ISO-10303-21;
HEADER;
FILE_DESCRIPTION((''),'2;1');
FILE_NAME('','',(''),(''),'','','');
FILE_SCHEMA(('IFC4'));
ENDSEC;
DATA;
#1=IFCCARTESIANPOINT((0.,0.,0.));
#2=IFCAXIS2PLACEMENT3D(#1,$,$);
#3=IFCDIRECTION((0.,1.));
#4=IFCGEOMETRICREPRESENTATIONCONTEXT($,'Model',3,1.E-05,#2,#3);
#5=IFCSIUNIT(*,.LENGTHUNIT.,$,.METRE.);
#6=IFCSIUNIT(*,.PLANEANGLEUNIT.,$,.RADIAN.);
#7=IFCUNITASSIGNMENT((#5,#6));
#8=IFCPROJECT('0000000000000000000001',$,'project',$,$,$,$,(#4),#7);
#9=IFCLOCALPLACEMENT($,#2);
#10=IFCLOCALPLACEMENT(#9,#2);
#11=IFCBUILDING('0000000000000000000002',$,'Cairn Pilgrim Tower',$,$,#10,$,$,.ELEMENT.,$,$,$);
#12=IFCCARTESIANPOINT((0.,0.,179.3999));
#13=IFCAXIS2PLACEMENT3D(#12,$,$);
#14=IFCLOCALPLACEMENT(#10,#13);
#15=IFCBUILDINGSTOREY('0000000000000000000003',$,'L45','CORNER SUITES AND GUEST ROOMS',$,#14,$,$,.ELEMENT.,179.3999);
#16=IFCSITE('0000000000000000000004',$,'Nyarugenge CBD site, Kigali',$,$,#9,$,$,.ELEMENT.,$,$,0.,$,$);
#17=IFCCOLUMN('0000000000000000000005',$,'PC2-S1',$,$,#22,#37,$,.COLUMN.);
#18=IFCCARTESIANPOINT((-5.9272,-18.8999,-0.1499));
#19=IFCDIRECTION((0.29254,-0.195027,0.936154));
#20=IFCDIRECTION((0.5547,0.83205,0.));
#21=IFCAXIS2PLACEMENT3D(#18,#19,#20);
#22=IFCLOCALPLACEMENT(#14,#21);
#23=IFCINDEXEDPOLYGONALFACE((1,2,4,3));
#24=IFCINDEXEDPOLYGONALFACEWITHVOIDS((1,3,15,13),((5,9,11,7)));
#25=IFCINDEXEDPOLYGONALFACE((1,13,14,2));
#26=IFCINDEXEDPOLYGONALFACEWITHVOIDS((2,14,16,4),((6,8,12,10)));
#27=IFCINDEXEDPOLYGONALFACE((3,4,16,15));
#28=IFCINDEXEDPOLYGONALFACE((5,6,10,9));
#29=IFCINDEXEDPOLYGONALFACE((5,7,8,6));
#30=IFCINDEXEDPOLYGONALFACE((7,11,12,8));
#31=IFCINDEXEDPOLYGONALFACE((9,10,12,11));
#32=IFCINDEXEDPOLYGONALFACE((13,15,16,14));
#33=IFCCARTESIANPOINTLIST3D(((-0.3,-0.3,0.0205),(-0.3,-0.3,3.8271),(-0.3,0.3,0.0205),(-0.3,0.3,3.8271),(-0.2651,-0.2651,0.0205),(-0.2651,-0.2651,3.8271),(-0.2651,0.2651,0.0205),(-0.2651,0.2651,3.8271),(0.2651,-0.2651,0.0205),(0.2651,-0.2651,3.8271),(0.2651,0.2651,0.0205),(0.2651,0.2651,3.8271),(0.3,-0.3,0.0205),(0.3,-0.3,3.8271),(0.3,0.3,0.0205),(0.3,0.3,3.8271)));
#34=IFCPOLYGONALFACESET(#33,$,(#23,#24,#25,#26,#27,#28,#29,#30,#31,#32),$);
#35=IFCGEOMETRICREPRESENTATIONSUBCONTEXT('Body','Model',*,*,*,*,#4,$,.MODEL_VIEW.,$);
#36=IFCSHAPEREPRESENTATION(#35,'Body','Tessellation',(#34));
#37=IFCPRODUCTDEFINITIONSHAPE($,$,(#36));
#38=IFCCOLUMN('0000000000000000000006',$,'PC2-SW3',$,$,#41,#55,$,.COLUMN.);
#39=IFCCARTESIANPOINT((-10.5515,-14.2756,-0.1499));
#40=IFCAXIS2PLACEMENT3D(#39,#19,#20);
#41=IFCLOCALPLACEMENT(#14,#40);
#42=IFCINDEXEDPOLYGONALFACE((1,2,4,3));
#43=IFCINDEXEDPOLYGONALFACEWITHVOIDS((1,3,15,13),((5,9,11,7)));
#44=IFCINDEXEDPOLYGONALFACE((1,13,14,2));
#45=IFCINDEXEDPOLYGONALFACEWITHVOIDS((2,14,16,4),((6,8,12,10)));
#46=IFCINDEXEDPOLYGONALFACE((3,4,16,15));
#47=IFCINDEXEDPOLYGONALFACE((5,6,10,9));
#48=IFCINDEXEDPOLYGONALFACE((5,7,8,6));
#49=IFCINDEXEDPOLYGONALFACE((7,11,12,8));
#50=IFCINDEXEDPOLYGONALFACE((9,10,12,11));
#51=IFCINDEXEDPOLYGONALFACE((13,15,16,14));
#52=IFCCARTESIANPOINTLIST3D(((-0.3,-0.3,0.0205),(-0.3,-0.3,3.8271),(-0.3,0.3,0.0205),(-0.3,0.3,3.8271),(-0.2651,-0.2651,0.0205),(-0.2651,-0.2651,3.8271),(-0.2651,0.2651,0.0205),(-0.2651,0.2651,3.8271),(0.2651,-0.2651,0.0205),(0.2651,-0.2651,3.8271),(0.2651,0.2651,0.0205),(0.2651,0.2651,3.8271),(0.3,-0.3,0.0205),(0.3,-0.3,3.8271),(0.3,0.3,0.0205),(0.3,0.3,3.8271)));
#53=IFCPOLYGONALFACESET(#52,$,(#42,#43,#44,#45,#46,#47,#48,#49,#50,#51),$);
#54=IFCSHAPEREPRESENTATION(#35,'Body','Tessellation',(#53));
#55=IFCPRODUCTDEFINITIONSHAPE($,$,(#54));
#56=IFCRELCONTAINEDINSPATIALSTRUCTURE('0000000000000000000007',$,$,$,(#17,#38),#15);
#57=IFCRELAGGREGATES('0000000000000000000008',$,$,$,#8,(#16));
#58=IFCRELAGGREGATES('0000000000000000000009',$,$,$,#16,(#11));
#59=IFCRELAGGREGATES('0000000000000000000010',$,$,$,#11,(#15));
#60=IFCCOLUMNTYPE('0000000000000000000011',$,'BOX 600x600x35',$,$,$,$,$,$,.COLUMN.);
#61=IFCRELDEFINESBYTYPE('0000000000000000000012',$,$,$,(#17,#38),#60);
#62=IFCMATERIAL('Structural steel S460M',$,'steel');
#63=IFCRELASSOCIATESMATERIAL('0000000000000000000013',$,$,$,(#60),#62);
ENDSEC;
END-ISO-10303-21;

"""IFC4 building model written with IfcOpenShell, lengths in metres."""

from ifc_helpers import new_model, si_unit, direction, frame, origin, origin_2d, place, context, subcontext, project, spatial, hollow_rectangle, extrude, clip, halfspace, material, material_profile, profile_set, type_object, element, save


model = new_model("IFC4")

# Units and contexts
model_context = context("Model", 3, precision=1e-05, world=origin(), true_north=direction((0.0, 1.0)))
body_context = subcontext(model_context, "Body", "Model", "MODEL_VIEW")
ifc_project = project(units=[si_unit("LENGTHUNIT", "METRE"), si_unit("PLANEANGLEUNIT", "RADIAN")], contexts=[model_context])

# Site, building, storey
site_placement = place(None, origin())
site = spatial("IfcSite", under=ifc_project, at=site_placement, Name="Nyarugenge CBD site, Kigali", CompositionType="ELEMENT", RefElevation=0.0)
building_placement = place(site_placement, origin())
building = spatial("IfcBuilding", under=site, at=building_placement, Name="Cairn Pilgrim Tower", CompositionType="ELEMENT")
storey_placement = place(building_placement, frame((0.0, 0.0, 179.3999)))
storey = spatial("IfcBuildingStorey", under=building, at=storey_placement, Name="L45", Description="CORNER SUITES AND GUEST ROOMS", CompositionType="ELEMENT", Elevation=179.3999)

# Columns
ifc_material_1 = material(Name="Structural steel S460M", Category="steel")
ifc_material_profile_1 = material_profile(ifc_material_1, hollow_rectangle(XDim=0.6001, YDim=0.6001, WallThickness=0.0349, at=origin_2d()), Name="BOX 600x600x35")
ifc_profile_set_1 = profile_set([ifc_material_profile_1], Name="Structural steel S460M")
column_type = type_object("IfcColumnType", Name="BOX 600x600x35", PredefinedType="COLUMN", material=ifc_profile_set_1)
for number, where, z_axis, x_axis, name in (
    (1, (-5.9272, -18.8999, -0.1499), (0.29254, -0.195027, 0.936154), (0.5547, 0.83205, 0.0), "PC2-S1"),
    (2, (-10.5515, -14.2756, -0.1499), (0.29254, -0.195027, 0.936154), (0.5547, 0.83205, 0.0), "PC2-SW3"),
):
    element("IfcColumn", number, at=place(storey_placement, frame(where, z_axis=z_axis, x_axis=x_axis)), inside=storey, type_object=column_type, Name=name, PredefinedType="COLUMN", context=body_context, shape_type="Clipping", body=[
        clip(clip(extrude(hollow_rectangle(XDim=0.6001, YDim=0.6001, WallThickness=0.0349, at=origin_2d()), origin(), (0.0, 0.0, 1.0), 3.8457), halfspace(frame((0.0, 0.0, 0.0205), z_axis=(0.0, 0.0, 1.0), x_axis=(1.0, 0.0, 0.0)), True)), halfspace(frame((0.0, 0.0, 3.8271), z_axis=(0.0, 0.0, 1.0), x_axis=(1.0, 0.0, 0.0)), False)),
    ])

save(model, "model.ifc")
